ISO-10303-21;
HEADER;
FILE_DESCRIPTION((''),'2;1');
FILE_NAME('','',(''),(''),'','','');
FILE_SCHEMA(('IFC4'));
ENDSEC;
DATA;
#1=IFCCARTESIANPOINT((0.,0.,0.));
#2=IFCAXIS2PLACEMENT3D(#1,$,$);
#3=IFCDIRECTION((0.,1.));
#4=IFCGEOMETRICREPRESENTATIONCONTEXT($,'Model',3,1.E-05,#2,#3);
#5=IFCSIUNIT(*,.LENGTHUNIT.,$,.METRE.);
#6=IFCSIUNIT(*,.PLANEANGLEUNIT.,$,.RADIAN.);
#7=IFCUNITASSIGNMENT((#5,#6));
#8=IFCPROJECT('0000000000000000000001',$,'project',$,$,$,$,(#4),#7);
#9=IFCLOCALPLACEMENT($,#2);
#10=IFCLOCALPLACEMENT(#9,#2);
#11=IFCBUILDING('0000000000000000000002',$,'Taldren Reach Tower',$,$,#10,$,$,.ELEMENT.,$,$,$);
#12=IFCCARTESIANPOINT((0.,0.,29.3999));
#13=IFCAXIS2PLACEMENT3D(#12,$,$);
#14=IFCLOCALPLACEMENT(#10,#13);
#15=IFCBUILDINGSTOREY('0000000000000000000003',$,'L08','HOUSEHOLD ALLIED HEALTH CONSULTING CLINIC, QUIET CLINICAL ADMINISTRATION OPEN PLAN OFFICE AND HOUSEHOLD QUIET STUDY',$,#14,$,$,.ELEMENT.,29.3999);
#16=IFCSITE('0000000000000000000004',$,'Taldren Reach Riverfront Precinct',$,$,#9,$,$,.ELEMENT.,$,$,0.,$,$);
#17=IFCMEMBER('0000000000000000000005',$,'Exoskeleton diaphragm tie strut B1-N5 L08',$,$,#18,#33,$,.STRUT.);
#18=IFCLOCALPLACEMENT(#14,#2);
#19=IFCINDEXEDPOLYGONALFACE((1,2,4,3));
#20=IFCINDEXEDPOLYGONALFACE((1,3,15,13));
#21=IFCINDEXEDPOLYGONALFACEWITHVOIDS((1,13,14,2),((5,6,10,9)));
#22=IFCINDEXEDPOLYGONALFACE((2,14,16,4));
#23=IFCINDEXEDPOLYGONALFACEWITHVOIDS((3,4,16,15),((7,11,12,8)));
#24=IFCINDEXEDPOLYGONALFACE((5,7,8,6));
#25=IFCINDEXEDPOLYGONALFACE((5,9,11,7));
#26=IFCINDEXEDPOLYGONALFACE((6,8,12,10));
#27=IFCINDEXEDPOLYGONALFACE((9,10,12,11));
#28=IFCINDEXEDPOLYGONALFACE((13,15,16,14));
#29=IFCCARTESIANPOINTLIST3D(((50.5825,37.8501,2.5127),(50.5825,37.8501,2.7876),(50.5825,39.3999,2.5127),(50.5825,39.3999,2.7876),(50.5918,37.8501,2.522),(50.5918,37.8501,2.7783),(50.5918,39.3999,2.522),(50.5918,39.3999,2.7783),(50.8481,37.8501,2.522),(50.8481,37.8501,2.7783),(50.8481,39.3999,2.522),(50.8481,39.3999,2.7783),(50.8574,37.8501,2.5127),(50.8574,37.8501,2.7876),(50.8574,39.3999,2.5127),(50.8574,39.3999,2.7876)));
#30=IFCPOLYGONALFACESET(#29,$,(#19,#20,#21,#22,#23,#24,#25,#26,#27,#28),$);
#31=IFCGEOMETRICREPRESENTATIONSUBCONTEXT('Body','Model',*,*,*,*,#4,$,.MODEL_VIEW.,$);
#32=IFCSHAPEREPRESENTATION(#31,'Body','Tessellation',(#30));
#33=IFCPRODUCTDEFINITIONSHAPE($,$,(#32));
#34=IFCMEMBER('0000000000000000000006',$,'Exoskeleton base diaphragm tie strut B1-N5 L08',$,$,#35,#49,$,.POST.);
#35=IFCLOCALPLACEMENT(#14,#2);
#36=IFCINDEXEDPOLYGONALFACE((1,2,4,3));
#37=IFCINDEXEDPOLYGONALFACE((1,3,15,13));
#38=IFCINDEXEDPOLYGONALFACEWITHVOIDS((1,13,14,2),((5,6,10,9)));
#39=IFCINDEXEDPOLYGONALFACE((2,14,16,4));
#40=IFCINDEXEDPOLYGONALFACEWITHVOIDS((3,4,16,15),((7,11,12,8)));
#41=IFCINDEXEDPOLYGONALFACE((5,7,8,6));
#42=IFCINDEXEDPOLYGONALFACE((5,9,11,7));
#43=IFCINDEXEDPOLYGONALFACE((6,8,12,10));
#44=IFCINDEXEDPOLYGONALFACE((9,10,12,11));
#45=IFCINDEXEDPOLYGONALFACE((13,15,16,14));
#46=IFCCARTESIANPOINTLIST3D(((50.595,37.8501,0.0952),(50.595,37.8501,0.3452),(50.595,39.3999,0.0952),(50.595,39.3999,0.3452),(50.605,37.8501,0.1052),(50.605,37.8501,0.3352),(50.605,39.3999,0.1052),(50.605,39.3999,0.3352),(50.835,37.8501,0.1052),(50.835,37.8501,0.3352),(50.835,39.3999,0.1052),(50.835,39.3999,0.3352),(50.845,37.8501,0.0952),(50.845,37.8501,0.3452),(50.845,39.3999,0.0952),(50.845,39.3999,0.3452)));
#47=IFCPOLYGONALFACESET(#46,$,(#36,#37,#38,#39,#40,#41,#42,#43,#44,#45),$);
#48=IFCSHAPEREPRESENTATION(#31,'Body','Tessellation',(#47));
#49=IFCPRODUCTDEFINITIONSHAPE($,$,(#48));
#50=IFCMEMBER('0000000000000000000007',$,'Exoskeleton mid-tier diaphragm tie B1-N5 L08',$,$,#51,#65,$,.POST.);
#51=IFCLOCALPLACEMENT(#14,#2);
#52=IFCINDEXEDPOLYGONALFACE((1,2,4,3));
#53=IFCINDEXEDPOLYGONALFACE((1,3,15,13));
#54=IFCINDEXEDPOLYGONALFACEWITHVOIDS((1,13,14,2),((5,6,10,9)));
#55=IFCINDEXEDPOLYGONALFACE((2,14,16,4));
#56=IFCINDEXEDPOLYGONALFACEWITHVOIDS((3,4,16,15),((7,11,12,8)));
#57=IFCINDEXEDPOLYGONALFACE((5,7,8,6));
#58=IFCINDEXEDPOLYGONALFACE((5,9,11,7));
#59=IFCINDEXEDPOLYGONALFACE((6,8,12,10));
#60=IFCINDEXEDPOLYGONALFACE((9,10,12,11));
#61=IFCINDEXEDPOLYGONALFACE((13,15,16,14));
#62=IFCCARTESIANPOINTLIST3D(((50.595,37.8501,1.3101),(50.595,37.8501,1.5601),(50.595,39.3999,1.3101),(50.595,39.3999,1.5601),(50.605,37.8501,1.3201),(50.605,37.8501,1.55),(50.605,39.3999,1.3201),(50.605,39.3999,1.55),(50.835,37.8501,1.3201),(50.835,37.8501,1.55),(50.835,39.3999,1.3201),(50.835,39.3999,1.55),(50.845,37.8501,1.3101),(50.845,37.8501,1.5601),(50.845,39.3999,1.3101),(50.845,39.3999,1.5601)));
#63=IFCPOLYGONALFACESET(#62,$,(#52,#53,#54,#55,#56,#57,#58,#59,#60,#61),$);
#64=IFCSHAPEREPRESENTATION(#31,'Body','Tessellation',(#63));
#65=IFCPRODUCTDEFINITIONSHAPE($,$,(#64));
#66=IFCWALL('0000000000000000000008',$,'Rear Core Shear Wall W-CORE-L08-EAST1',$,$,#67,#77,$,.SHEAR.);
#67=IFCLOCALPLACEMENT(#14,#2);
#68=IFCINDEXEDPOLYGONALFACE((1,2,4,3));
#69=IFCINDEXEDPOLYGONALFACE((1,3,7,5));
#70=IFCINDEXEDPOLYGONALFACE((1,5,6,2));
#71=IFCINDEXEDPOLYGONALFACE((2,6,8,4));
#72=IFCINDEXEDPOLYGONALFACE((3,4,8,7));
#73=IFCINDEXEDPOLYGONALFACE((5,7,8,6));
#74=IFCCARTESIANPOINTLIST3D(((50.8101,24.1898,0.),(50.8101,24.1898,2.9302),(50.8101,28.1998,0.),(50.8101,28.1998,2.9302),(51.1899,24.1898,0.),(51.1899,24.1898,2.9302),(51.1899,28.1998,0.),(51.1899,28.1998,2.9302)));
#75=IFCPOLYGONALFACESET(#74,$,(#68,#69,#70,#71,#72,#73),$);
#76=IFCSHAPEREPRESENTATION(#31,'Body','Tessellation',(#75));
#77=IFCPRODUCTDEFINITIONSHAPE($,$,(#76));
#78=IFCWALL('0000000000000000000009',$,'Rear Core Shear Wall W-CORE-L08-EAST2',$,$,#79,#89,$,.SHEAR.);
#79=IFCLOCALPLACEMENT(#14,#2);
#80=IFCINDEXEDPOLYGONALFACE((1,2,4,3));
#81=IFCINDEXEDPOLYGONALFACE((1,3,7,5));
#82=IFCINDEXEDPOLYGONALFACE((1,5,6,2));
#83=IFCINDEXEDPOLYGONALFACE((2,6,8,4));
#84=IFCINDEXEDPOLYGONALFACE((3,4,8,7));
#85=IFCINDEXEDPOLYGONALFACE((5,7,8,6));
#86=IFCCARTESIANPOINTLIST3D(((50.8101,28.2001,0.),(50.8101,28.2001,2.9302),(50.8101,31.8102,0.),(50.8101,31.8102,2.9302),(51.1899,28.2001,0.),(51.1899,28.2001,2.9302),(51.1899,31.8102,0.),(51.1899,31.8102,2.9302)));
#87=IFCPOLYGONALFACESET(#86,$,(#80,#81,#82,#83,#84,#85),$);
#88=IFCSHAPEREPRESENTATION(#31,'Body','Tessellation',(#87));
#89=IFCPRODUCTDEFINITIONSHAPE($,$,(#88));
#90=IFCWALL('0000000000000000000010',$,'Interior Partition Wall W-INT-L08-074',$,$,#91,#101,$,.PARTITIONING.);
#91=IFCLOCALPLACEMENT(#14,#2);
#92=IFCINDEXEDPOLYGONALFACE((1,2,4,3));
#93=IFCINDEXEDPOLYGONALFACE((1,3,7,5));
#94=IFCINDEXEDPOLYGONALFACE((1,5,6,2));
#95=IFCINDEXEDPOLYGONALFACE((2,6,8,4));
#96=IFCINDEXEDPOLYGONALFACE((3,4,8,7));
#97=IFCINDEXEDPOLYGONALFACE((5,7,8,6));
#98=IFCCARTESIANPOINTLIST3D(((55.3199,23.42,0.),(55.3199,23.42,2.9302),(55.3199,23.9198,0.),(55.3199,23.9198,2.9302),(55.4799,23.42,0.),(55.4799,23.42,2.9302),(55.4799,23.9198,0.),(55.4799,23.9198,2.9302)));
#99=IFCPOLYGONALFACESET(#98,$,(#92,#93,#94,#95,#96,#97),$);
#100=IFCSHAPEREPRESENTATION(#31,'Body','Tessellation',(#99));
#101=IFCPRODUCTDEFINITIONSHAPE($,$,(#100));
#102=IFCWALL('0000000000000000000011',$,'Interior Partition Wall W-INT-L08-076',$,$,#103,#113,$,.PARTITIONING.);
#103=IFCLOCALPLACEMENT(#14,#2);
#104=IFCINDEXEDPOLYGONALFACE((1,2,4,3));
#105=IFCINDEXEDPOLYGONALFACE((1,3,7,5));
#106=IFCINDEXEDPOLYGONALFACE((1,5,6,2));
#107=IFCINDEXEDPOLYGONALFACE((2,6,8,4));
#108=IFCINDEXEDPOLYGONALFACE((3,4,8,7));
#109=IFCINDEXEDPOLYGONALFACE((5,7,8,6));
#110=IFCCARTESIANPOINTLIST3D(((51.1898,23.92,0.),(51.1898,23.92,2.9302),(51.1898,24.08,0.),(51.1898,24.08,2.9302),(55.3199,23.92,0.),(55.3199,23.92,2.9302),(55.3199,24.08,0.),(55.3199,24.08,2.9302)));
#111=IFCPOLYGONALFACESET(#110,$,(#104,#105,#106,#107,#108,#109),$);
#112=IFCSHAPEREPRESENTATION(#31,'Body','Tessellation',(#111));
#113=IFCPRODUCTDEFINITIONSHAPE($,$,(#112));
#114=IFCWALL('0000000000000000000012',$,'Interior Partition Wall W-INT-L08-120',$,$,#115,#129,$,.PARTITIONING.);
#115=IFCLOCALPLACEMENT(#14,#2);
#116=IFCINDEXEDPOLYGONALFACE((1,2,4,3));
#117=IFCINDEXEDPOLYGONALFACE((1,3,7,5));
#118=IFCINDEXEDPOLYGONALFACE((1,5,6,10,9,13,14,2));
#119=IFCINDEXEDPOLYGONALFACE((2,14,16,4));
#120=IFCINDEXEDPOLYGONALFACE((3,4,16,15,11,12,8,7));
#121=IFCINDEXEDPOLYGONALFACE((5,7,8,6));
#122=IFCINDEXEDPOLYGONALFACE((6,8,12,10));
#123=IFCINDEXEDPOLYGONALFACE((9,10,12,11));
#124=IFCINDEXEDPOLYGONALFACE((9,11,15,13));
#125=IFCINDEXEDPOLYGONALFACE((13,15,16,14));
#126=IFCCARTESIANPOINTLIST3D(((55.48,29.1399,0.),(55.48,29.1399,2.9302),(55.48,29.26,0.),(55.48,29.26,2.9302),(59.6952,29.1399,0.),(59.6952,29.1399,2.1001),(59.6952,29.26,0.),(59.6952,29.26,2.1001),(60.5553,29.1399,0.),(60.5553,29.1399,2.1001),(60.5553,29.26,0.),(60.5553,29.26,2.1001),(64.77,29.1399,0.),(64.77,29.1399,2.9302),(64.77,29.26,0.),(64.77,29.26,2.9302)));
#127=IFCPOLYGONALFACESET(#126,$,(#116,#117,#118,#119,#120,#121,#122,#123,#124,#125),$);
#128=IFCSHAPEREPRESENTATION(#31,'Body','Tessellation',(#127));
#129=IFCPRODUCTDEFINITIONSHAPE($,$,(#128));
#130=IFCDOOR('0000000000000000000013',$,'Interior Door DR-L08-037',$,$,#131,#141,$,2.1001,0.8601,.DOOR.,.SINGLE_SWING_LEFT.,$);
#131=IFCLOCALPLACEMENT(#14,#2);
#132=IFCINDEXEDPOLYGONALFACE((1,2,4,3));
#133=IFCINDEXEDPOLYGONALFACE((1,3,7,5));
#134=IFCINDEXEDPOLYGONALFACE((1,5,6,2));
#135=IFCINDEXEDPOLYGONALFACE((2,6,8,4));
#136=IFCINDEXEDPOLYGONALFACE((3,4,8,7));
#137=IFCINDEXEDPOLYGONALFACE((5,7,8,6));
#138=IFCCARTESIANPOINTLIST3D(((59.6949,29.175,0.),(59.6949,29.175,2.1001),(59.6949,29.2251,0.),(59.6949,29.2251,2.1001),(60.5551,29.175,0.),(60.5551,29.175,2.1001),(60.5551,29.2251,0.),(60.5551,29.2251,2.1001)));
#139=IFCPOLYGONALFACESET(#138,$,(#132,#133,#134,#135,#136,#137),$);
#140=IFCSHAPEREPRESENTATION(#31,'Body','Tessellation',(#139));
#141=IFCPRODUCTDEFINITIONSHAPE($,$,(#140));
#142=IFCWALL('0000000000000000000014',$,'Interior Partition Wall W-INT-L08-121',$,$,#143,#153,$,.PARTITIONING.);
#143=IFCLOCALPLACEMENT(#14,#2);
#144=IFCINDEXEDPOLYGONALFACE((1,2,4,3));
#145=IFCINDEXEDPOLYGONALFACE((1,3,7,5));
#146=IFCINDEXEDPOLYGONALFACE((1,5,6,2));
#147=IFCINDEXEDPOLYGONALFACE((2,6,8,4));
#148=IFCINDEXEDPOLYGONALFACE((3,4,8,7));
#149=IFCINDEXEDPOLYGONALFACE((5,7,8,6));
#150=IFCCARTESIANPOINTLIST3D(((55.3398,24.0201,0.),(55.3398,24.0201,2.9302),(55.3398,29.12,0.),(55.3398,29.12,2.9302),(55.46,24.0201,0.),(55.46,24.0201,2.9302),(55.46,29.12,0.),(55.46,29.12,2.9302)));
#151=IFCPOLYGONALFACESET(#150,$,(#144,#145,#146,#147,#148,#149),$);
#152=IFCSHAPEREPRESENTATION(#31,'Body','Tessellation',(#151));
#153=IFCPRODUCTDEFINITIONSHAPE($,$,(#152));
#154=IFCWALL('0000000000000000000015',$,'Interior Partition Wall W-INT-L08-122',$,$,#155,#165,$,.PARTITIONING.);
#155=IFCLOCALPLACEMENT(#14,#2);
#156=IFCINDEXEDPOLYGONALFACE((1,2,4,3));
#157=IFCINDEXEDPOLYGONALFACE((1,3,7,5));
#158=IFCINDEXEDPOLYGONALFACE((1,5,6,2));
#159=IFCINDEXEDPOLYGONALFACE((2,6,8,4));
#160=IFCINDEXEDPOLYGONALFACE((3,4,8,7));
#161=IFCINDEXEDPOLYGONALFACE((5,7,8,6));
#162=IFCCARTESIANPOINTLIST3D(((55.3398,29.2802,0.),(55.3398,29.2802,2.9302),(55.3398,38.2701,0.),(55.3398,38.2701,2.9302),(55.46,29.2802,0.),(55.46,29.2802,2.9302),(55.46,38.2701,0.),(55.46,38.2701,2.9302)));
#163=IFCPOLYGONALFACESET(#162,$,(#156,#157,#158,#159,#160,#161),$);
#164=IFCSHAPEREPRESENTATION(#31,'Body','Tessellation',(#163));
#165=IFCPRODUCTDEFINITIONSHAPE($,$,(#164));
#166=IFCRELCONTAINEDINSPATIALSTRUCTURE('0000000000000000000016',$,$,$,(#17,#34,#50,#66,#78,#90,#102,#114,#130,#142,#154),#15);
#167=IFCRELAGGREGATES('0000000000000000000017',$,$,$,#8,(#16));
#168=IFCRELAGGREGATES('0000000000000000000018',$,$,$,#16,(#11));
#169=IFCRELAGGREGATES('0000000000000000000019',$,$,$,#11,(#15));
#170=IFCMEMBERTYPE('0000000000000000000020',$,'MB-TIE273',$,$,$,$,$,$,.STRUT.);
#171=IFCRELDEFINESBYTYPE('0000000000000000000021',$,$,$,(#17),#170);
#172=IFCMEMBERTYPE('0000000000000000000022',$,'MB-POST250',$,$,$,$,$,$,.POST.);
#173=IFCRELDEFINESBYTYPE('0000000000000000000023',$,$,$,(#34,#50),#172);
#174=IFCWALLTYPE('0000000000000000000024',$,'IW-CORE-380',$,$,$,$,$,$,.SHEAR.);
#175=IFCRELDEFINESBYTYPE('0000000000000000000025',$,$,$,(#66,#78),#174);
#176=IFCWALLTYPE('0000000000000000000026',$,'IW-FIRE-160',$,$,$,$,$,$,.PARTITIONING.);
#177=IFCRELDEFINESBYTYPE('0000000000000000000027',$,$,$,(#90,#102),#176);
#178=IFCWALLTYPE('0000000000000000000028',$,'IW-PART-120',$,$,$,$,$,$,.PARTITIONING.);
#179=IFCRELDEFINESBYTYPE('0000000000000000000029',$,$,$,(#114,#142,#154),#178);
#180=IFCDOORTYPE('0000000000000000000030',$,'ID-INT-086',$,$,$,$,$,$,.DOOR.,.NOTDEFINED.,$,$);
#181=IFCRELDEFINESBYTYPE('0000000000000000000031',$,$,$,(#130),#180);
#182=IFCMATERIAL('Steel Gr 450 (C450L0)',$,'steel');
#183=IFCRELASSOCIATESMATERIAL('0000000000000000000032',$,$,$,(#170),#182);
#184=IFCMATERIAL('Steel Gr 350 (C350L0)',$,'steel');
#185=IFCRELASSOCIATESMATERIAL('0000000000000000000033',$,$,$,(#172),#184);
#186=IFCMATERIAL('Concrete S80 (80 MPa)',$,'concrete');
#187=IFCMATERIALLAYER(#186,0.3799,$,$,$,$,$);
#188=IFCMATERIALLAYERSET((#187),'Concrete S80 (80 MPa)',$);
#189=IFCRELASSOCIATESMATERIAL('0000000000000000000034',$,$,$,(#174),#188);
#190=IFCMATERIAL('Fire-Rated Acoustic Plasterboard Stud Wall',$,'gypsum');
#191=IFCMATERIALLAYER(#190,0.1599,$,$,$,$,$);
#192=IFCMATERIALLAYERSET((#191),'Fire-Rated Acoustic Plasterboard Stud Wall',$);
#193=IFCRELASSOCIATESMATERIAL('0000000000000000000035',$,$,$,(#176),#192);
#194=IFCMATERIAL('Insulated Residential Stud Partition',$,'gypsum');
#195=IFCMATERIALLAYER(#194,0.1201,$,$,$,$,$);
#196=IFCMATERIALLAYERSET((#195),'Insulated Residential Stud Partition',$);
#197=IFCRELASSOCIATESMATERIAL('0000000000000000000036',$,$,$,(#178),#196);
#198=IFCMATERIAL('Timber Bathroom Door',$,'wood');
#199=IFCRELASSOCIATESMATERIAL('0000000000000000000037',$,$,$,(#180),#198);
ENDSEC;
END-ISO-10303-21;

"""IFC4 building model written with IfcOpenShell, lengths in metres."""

from ifc_helpers import new_model, si_unit, direction, frame, frame_2d, origin, origin_2d, place, context, subcontext, project, spatial, rectangle, hollow_rectangle, extrude, source, transform, mapped, material, layer, layer_set, material_profile, profile_set, type_object, element, fill, save


model = new_model("IFC4")

# Units and contexts
model_context = context("Model", 3, precision=1e-05, world=origin(), true_north=direction((0.0, 1.0)))
body_context = subcontext(model_context, "Body", "Model", "MODEL_VIEW")
ifc_project = project(units=[si_unit("LENGTHUNIT", "METRE"), si_unit("PLANEANGLEUNIT", "RADIAN")], contexts=[model_context])

# Site, building, storey
site_placement = place(None, origin())
site = spatial("IfcSite", under=ifc_project, at=site_placement, Name="Taldren Reach Riverfront Precinct", CompositionType="ELEMENT", RefElevation=0.0)
building_placement = place(site_placement, origin())
building = spatial("IfcBuilding", under=site, at=building_placement, Name="Taldren Reach Tower", CompositionType="ELEMENT")
storey_placement = place(building_placement, frame((0.0, 0.0, 29.3999)))
storey = spatial("IfcBuildingStorey", under=building, at=storey_placement, Name="L08", Description="HOUSEHOLD ALLIED HEALTH CONSULTING CLINIC, QUIET CLINICAL ADMINISTRATION OPEN PLAN OFFICE AND HOUSEHOLD QUIET STUDY", CompositionType="ELEMENT", Elevation=29.3999)

# Members
ifc_material_1 = material(Name="Steel Gr 450 (C450L0)", Category="steel")
ifc_material_profile_1 = material_profile(ifc_material_1, hollow_rectangle(XDim=0.2749, YDim=0.2749, WallThickness=0.0093, at=origin_2d()), Name="275x275x9.3SHS")
ifc_profile_set_1 = profile_set([ifc_material_profile_1], Name="Steel Gr 450 (C450L0)")
member_type_1 = type_object("IfcMemberType", Name="MB-TIE273", PredefinedType="STRUT", material=ifc_profile_set_1)
shared_shape_1 = source(origin(), body_context, "Body", "SweptSolid", [
    extrude(hollow_rectangle(XDim=0.2749, YDim=0.2749, WallThickness=0.0093, at=origin_2d()), origin(), (0.0, 0.0, 1.0), 1.5498),
])
member_placement = place(storey_placement, frame((50.72, 37.8501, 2.6501), z_axis=(0.0, 1.0, 0.0), x_axis=(-1.0, 0.0, 0.0)))
element("IfcMember", 1, at=member_placement, inside=storey, type_object=member_type_1, Name="Exoskeleton diaphragm tie strut B1-N5 L08", PredefinedType="STRUT", context=body_context, shape_type="MappedRepresentation", body=[
    mapped(shared_shape_1, transform((0.0, 0.0, 0.0), scale=1.0)),
])
ifc_material_2 = material(Name="Steel Gr 350 (C350L0)", Category="steel")
ifc_material_profile_2 = material_profile(ifc_material_2, hollow_rectangle(XDim=0.25, YDim=0.25, WallThickness=0.01, at=origin_2d()), Name="250x250x10.0SHS")
ifc_profile_set_2 = profile_set([ifc_material_profile_2], Name="Steel Gr 350 (C350L0)")
member_type_2 = type_object("IfcMemberType", Name="MB-POST250", PredefinedType="POST", material=ifc_profile_set_2)
shared_shape_2 = source(origin(), body_context, "Body", "SweptSolid", [
    extrude(hollow_rectangle(XDim=0.25, YDim=0.25, WallThickness=0.01, at=origin_2d()), origin(), (0.0, 0.0, 1.0), 1.5498),
])
for number, where, z_axis, x_axis, name in (
    (2, (50.72, 37.8501, 0.2202), (0.0, 1.0, 0.0), (-1.0, 0.0, 0.0), "Exoskeleton base diaphragm tie strut B1-N5 L08"),
    (3, (50.72, 37.8501, 1.4351), (0.0, 1.0, 0.0), (-1.0, 0.0, 0.0), "Exoskeleton mid-tier diaphragm tie B1-N5 L08"),
):
    element("IfcMember", number, at=place(storey_placement, frame(where, z_axis=z_axis, x_axis=x_axis)), inside=storey, type_object=member_type_2, Name=name, PredefinedType="POST", context=body_context, shape_type="MappedRepresentation", body=[
        mapped(shared_shape_2, transform((0.0, 0.0, 0.0), scale=1.0)),
    ])

# Walls
ifc_material_3 = material(Name="Concrete S80 (80 MPa)", Category="concrete")
ifc_layer_1 = layer(ifc_material_3, 0.3799)
ifc_layer_set_1 = layer_set([ifc_layer_1], Name="Concrete S80 (80 MPa)")
wall_type_1 = type_object("IfcWallType", Name="IW-CORE-380", PredefinedType="SHEAR", material=ifc_layer_set_1)
shared_shape_3 = source(origin(), body_context, "Body", "SweptSolid", [
    extrude(rectangle(XDim=4.01, YDim=0.3799, at=frame_2d((2.0049, 0.0))), origin(), (0.0, 0.0, 1.0), 2.9302),
])
wall_1_placement = place(storey_placement, frame((51.0, 24.1899, 0.0), z_axis=(0.0, 0.0, 1.0), x_axis=(0.0, 1.0, 0.0)))
element("IfcWall", 4, at=wall_1_placement, inside=storey, type_object=wall_type_1, Name="Rear Core Shear Wall W-CORE-L08-EAST1", PredefinedType="SHEAR", context=body_context, shape_type="MappedRepresentation", body=[
    mapped(shared_shape_3, transform((0.0, 0.0, 0.0), scale=1.0)),
])
shared_shape_4 = source(origin(), body_context, "Body", "SweptSolid", [
    extrude(rectangle(XDim=3.6101, YDim=0.3799, at=frame_2d((1.8052, 0.0))), origin(), (0.0, 0.0, 1.0), 2.9302),
])
wall_2_placement = place(storey_placement, frame((51.0, 28.2, 0.0), z_axis=(0.0, 0.0, 1.0), x_axis=(0.0, 1.0, 0.0)))
element("IfcWall", 5, at=wall_2_placement, inside=storey, type_object=wall_type_1, Name="Rear Core Shear Wall W-CORE-L08-EAST2", PredefinedType="SHEAR", context=body_context, shape_type="MappedRepresentation", body=[
    mapped(shared_shape_4, transform((0.0, 0.0, 0.0), scale=1.0)),
])
ifc_material_4 = material(Name="Fire-Rated Acoustic Plasterboard Stud Wall", Category="gypsum")
ifc_layer_2 = layer(ifc_material_4, 0.1599)
ifc_layer_set_2 = layer_set([ifc_layer_2], Name="Fire-Rated Acoustic Plasterboard Stud Wall")
wall_type_2 = type_object("IfcWallType", Name="IW-FIRE-160", PredefinedType="PARTITIONING", material=ifc_layer_set_2)
shared_shape_5 = source(origin(), body_context, "Body", "SweptSolid", [
    extrude(rectangle(XDim=0.4998, YDim=0.1599, at=frame_2d((0.25, 0.0))), origin(), (0.0, 0.0, 1.0), 2.9302),
])
wall_3_placement = place(storey_placement, frame((55.3999, 23.9199, 0.0), z_axis=(0.0, 0.0, 1.0), x_axis=(0.0, -1.0, 0.0)))
element("IfcWall", 6, at=wall_3_placement, inside=storey, type_object=wall_type_2, Name="Interior Partition Wall W-INT-L08-074", PredefinedType="PARTITIONING", context=body_context, shape_type="MappedRepresentation", body=[
    mapped(shared_shape_5, transform((0.0, 0.0, 0.0), scale=1.0)),
])
shared_shape_6 = source(origin(), body_context, "Body", "SweptSolid", [
    extrude(rectangle(XDim=4.1301, YDim=0.1599, at=frame_2d((2.0649, 0.0))), origin(), (0.0, 0.0, 1.0), 2.9302),
])
wall_4_placement = place(storey_placement, frame((51.1899, 24.0, 0.0), z_axis=(0.0, 0.0, 1.0), x_axis=(1.0, 0.0, 0.0)))
element("IfcWall", 7, at=wall_4_placement, inside=storey, type_object=wall_type_2, Name="Interior Partition Wall W-INT-L08-076", PredefinedType="PARTITIONING", context=body_context, shape_type="MappedRepresentation", body=[
    mapped(shared_shape_6, transform((0.0, 0.0, 0.0), scale=1.0)),
])

# Wall, opening, door
ifc_material_5 = material(Name="Insulated Residential Stud Partition", Category="gypsum")
ifc_layer_3 = layer(ifc_material_5, 0.1201)
ifc_layer_set_3 = layer_set([ifc_layer_3], Name="Insulated Residential Stud Partition")
wall_type_3 = type_object("IfcWallType", Name="IW-PART-120", PredefinedType="PARTITIONING", material=ifc_layer_set_3)
shared_shape_7 = source(origin(), body_context, "Body", "SweptSolid", [
    extrude(rectangle(XDim=9.29, YDim=0.1201, at=frame_2d((4.645, 0.0))), origin(), (0.0, 0.0, 1.0), 2.9302),
])
wall_5_placement = place(storey_placement, frame((55.48, 29.2, 0.0), z_axis=(0.0, 0.0, 1.0), x_axis=(1.0, 0.0, 0.0)))
wall_5 = element("IfcWall", 8, at=wall_5_placement, inside=storey, type_object=wall_type_3, Name="Interior Partition Wall W-INT-L08-120", PredefinedType="PARTITIONING", context=body_context, shape_type="MappedRepresentation", body=[
    mapped(shared_shape_7, transform((0.0, 0.0, 0.0), scale=1.0)),
])
shared_shape_8 = source(origin(), body_context, "Body", "SweptSolid", [
    extrude(rectangle(XDim=0.8601, YDim=2.1001, at=frame_2d((0.4302, 1.05))), frame((0.0, 0.0701, 0.0), z_axis=(0.0, -1.0, 0.0), x_axis=(1.0, 0.0, 0.0)), (0.0, 0.0, 1.0), 0.1401),
])
opening_placement = place(wall_5_placement, frame((4.2151, 0.0, 0.0)))
opening = element("IfcOpeningElement", 9, at=opening_placement, cuts=wall_5, PredefinedType="OPENING", context=body_context, shape_type="MappedRepresentation", body=[
    mapped(shared_shape_8, transform((0.0, 0.0, 0.0), scale=1.0)),
])
ifc_material_6 = material(Name="Timber Bathroom Door", Category="wood")
door_type = type_object("IfcDoorType", Name="ID-INT-086", OperationType="NOTDEFINED", PredefinedType="DOOR", material=ifc_material_6)
shared_shape_9 = source(origin(), body_context, "Body", "SweptSolid", [
    extrude(rectangle(XDim=0.8601, YDim=2.1001, at=frame_2d((0.4302, 1.05))), frame((0.0, 0.0249, 0.0), z_axis=(0.0, -1.0, 0.0), x_axis=(1.0, 0.0, 0.0)), (0.0, 0.0, 1.0), 0.05),
])
door_placement = place(opening_placement, frame((0.8601, 0.0, 0.0), z_axis=(0.0, 0.0, 1.0), x_axis=(-1.0, 0.0, 0.0)))
door = element("IfcDoor", 10, at=door_placement, inside=storey, type_object=door_type, Name="Interior Door DR-L08-037", OperationType="SINGLE_SWING_LEFT", OverallHeight=2.1001, OverallWidth=0.8601, PredefinedType="DOOR", context=body_context, shape_type="MappedRepresentation", body=[
    mapped(shared_shape_9, transform((0.0, 0.0, 0.0), scale=1.0)),
])
fill(opening, door)

# Walls
shared_shape_10 = source(origin(), body_context, "Body", "SweptSolid", [
    extrude(rectangle(XDim=5.0999, YDim=0.1201, at=frame_2d((2.5498, 0.0))), origin(), (0.0, 0.0, 1.0), 2.9302),
])
wall_6_placement = place(storey_placement, frame((55.3999, 24.0203, 0.0), z_axis=(0.0, 0.0, 1.0), x_axis=(0.0, 1.0, 0.0)))
element("IfcWall", 11, at=wall_6_placement, inside=storey, type_object=wall_type_3, Name="Interior Partition Wall W-INT-L08-121", PredefinedType="PARTITIONING", context=body_context, shape_type="MappedRepresentation", body=[
    mapped(shared_shape_10, transform((0.0, 0.0, 0.0), scale=1.0)),
])
shared_shape_11 = source(origin(), body_context, "Body", "SweptSolid", [
    extrude(rectangle(XDim=8.99, YDim=0.1201, at=frame_2d((4.4951, 0.0))), origin(), (0.0, 0.0, 1.0), 2.9302),
])
wall_7_placement = place(storey_placement, frame((55.3999, 29.28, 0.0), z_axis=(0.0, 0.0, 1.0), x_axis=(0.0, 1.0, 0.0)))
element("IfcWall", 12, at=wall_7_placement, inside=storey, type_object=wall_type_3, Name="Interior Partition Wall W-INT-L08-122", PredefinedType="PARTITIONING", context=body_context, shape_type="MappedRepresentation", body=[
    mapped(shared_shape_11, transform((0.0, 0.0, 0.0), scale=1.0)),
])

save(model, "model.ifc")
